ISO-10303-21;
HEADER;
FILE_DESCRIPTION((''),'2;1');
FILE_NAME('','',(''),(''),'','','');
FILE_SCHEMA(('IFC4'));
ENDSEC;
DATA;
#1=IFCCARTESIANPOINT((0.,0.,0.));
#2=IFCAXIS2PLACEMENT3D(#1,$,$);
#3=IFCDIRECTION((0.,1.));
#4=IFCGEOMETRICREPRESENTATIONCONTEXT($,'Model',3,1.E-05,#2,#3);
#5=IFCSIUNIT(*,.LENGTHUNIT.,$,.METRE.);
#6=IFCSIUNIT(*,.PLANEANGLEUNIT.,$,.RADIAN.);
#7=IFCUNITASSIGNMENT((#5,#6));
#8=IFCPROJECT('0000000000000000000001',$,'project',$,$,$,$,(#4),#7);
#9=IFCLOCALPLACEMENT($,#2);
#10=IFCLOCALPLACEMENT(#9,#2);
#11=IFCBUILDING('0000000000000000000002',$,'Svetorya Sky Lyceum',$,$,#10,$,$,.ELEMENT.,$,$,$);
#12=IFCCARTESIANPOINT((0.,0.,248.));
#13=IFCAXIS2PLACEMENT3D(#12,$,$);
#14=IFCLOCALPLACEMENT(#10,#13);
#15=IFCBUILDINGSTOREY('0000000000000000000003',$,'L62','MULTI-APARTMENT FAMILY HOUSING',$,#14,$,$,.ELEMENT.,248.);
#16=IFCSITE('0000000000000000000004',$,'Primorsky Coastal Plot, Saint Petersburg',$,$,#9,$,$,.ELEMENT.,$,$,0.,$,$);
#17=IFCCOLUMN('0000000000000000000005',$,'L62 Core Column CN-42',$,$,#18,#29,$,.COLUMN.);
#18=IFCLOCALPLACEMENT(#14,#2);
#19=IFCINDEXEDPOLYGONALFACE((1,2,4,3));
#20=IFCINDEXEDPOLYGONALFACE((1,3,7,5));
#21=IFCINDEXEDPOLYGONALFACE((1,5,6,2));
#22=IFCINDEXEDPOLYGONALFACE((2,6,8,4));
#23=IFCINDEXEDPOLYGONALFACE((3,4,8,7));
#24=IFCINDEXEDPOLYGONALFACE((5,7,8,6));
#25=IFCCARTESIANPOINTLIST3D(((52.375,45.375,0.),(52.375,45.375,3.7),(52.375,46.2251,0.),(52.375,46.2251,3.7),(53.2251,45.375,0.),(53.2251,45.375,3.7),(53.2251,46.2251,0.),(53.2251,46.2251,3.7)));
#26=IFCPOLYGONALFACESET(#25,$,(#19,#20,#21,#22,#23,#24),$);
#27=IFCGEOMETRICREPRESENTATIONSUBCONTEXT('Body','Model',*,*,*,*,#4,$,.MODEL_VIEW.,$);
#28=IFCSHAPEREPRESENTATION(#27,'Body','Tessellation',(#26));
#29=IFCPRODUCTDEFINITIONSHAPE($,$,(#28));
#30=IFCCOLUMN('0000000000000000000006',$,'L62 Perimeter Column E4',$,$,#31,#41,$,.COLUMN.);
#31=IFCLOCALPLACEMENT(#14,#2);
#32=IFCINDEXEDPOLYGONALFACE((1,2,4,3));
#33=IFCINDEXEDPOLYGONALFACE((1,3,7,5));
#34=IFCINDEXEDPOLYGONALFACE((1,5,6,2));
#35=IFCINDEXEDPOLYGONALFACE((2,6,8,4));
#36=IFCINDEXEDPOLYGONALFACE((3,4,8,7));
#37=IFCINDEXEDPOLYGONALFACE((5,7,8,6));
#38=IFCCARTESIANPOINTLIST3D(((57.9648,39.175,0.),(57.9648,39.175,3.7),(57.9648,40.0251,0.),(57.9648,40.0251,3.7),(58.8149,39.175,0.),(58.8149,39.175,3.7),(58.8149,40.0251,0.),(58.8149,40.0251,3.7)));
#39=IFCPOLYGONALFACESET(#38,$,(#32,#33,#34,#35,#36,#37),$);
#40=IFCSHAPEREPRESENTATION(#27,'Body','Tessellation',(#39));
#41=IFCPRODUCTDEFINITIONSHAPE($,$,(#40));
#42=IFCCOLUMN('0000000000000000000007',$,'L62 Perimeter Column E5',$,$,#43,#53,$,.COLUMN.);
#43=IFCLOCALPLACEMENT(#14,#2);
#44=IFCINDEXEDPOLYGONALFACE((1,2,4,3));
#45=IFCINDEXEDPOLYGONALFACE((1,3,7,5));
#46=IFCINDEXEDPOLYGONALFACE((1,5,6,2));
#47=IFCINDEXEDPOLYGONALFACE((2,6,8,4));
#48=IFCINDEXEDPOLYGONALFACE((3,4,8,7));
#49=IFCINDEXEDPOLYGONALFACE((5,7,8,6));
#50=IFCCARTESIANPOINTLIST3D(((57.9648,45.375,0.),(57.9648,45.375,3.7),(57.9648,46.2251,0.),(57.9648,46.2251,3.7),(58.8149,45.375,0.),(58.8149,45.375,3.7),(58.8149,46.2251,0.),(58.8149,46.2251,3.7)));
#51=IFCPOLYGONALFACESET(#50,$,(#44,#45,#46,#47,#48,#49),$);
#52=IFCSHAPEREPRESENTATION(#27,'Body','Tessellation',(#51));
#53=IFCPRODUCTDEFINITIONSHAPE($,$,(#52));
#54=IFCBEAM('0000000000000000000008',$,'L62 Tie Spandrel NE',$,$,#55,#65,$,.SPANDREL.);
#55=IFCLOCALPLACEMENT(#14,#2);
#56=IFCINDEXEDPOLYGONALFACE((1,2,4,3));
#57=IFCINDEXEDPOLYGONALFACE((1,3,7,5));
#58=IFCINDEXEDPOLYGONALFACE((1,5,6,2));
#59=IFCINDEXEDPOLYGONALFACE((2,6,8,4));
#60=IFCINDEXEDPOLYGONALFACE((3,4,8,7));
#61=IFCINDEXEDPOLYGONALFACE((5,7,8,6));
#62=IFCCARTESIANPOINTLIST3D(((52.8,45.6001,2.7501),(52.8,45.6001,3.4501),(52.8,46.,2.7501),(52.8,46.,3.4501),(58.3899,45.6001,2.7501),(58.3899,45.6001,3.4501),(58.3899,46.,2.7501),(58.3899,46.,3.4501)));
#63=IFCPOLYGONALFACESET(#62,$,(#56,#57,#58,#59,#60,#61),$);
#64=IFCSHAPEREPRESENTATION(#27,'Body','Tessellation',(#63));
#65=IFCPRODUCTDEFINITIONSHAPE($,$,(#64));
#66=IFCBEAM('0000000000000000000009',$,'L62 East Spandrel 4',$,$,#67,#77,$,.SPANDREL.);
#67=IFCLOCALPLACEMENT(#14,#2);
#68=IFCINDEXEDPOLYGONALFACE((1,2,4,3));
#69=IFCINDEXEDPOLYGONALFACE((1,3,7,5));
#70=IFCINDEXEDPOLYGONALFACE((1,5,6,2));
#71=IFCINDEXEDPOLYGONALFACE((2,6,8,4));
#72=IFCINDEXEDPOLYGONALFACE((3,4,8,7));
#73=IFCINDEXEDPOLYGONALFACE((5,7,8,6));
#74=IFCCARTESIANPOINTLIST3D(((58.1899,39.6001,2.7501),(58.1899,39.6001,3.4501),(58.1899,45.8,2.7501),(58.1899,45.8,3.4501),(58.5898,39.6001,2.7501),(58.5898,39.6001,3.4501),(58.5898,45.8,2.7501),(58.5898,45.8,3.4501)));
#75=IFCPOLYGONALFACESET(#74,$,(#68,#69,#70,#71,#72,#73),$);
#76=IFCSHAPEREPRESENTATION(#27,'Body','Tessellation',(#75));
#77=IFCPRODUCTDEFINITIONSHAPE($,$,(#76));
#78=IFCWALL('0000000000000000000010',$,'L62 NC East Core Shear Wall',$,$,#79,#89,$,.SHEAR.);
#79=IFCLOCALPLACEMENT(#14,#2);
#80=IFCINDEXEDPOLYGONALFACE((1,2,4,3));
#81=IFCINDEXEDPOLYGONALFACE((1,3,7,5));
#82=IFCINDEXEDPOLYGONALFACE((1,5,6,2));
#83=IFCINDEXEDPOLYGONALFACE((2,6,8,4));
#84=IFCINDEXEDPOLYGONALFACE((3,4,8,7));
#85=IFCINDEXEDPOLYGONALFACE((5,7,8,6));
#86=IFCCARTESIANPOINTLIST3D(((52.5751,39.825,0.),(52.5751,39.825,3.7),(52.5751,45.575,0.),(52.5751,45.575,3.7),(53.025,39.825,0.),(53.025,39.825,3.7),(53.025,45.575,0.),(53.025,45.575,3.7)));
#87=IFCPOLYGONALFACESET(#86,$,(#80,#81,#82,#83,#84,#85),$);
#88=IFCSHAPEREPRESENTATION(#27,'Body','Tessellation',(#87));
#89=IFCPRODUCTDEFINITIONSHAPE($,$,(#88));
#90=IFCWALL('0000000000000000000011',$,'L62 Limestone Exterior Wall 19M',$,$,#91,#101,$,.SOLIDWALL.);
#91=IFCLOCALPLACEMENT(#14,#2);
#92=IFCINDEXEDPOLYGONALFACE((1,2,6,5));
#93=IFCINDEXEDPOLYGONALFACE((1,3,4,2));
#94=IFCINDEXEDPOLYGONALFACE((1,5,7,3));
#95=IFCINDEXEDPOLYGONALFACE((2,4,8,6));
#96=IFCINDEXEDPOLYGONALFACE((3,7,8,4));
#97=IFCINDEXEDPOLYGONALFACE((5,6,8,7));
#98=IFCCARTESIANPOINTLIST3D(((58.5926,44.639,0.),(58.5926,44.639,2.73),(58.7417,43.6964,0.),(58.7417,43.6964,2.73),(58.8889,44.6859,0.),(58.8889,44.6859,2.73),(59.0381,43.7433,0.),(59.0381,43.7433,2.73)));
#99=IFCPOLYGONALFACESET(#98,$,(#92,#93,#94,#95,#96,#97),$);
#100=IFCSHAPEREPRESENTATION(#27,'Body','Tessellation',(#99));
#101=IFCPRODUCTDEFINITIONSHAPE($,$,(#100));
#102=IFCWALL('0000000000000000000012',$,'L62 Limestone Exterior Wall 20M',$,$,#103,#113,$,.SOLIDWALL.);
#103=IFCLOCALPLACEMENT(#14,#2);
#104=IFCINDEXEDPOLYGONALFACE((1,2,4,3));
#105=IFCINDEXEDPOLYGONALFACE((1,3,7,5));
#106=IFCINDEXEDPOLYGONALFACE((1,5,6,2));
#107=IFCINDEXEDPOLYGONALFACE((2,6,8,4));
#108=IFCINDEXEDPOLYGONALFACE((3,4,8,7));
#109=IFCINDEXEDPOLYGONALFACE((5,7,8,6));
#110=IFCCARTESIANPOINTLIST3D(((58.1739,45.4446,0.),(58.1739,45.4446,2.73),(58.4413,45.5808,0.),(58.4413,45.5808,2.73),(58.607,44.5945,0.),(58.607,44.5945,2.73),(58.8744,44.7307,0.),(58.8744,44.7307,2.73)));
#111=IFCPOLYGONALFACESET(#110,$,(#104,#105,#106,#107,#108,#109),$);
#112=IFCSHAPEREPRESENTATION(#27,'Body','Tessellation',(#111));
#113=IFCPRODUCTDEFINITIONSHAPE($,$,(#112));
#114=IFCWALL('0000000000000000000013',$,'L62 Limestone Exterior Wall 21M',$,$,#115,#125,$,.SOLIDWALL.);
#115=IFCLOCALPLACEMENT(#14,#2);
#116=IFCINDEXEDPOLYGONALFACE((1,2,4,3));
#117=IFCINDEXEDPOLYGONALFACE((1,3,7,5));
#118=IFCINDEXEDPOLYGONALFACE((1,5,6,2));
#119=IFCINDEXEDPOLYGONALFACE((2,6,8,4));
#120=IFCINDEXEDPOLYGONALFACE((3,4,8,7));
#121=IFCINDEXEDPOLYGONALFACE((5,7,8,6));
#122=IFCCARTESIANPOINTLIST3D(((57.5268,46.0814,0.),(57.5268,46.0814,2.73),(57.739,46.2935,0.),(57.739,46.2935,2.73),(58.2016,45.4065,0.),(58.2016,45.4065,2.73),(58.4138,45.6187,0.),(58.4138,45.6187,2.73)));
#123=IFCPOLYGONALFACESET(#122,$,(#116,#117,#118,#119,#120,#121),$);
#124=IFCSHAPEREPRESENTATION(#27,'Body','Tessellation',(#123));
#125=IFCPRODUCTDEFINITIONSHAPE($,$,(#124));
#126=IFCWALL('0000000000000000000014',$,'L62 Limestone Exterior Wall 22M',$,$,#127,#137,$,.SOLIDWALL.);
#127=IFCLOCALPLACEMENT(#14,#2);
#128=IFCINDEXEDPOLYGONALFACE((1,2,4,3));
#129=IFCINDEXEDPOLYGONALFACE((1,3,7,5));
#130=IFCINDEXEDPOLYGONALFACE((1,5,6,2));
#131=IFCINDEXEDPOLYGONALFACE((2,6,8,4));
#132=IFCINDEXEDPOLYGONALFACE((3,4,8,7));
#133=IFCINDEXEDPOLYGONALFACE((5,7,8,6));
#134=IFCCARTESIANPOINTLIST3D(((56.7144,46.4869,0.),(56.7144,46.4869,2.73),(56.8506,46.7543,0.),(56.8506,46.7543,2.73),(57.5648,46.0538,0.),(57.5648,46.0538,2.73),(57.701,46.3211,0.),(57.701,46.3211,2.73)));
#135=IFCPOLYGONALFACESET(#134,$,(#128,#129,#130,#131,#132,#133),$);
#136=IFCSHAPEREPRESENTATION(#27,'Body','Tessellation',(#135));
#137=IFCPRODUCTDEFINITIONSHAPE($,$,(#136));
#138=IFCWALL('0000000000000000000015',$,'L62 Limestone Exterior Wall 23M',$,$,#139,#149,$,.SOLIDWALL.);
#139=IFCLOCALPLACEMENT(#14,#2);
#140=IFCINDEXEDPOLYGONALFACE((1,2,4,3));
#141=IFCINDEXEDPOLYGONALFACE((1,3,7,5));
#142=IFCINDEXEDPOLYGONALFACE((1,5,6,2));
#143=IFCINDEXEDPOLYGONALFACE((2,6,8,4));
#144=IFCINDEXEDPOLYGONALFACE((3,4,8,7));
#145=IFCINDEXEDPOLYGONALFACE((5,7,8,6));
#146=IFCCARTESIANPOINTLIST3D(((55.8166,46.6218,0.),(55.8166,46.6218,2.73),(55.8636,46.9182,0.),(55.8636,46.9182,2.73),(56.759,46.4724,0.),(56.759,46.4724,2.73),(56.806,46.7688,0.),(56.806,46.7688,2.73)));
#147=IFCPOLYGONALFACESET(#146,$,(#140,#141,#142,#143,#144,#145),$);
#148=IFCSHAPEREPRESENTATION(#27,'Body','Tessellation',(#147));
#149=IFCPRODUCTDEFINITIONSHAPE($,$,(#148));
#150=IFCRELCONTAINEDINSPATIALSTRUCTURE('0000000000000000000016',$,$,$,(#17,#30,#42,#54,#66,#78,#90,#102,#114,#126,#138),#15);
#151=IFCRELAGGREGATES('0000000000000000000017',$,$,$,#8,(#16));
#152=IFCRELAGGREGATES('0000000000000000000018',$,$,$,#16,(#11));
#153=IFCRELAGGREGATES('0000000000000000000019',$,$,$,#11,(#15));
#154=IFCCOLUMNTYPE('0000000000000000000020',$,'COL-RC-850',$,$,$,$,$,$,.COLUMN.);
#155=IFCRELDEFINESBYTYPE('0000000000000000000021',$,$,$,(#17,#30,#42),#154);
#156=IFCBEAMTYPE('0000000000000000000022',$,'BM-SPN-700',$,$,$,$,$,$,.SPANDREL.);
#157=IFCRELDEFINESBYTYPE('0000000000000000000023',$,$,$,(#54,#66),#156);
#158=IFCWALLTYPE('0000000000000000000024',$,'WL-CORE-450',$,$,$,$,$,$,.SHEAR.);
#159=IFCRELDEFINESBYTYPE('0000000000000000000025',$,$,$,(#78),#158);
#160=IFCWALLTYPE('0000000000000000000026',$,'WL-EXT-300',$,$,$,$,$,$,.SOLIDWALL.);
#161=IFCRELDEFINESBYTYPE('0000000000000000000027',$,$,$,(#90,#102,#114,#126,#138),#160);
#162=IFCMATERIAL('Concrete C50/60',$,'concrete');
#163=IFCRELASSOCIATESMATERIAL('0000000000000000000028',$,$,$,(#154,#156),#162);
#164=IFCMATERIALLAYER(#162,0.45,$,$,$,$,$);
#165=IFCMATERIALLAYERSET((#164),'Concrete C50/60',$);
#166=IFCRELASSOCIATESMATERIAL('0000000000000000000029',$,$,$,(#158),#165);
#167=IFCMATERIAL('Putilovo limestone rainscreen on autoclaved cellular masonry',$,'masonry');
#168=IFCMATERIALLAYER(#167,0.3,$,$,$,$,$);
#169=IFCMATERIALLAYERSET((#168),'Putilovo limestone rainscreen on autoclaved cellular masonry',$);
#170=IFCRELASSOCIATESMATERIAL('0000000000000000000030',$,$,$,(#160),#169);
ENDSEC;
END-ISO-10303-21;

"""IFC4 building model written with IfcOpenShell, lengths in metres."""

from ifc_helpers import new_model, si_unit, direction, frame, frame_2d, origin, origin_2d, place, context, subcontext, project, spatial, rectangle, extrude, material, layer, layer_set, material_profile, profile_set, type_object, element, save


model = new_model("IFC4")

# Units and contexts
model_context = context("Model", 3, precision=1e-05, world=origin(), true_north=direction((0.0, 1.0)))
body_context = subcontext(model_context, "Body", "Model", "MODEL_VIEW")
ifc_project = project(units=[si_unit("LENGTHUNIT", "METRE"), si_unit("PLANEANGLEUNIT", "RADIAN")], contexts=[model_context])

# Site, building, storey
site_placement = place(None, origin())
site = spatial("IfcSite", under=ifc_project, at=site_placement, Name="Primorsky Coastal Plot, Saint Petersburg", CompositionType="ELEMENT", RefElevation=0.0)
building_placement = place(site_placement, origin())
building = spatial("IfcBuilding", under=site, at=building_placement, Name="Svetorya Sky Lyceum", CompositionType="ELEMENT")
storey_placement = place(building_placement, frame((0.0, 0.0, 248.0)))
storey = spatial("IfcBuildingStorey", under=building, at=storey_placement, Name="L62", Description="MULTI-APARTMENT FAMILY HOUSING", CompositionType="ELEMENT", Elevation=248.0)

# Columns
ifc_material_1 = material(Name="Concrete C50/60", Category="concrete")
ifc_material_profile_1 = material_profile(ifc_material_1, rectangle(XDim=0.8501, YDim=0.8501, at=origin_2d()), Name="RC COL 850x850")
ifc_profile_set_1 = profile_set([ifc_material_profile_1], Name="Concrete C50/60")
column_type = type_object("IfcColumnType", Name="COL-RC-850", PredefinedType="COLUMN", material=ifc_profile_set_1)
for number, where, z_axis, x_axis, name in (
    (1, (52.8, 45.8, 0.0), (0.0, 0.0, 1.0), (1.0, 0.0, 0.0), "L62 Core Column CN-42"),
    (2, (58.3899, 39.6001, 0.0), (0.0, 0.0, 1.0), (1.0, 0.0, 0.0), "L62 Perimeter Column E4"),
    (3, (58.3899, 45.8, 0.0), (0.0, 0.0, 1.0), (1.0, 0.0, 0.0), "L62 Perimeter Column E5"),
):
    element("IfcColumn", number, at=place(storey_placement, frame(where, z_axis=z_axis, x_axis=x_axis)), inside=storey, type_object=column_type, Name=name, PredefinedType="COLUMN", context=body_context, shape_type="SweptSolid", body=[
        extrude(rectangle(XDim=0.8501, YDim=0.8501, at=origin_2d()), origin(), (0.0, 0.0, 1.0), 3.7),
    ])

# Beams
ifc_material_profile_2 = material_profile(ifc_material_1, rectangle(XDim=0.3999, YDim=0.7, at=origin_2d()), Name="RC SPANDREL 400x700")
ifc_profile_set_2 = profile_set([ifc_material_profile_2], Name="Concrete C50/60")
beam_type = type_object("IfcBeamType", Name="BM-SPN-700", PredefinedType="SPANDREL", material=ifc_profile_set_2)
beam_1_placement = place(storey_placement, frame((52.8, 45.8, 3.1001), z_axis=(1.0, 0.0, 0.0), x_axis=(0.0, 1.0, 0.0)))
element("IfcBeam", 4, at=beam_1_placement, inside=storey, type_object=beam_type, Name="L62 Tie Spandrel NE", PredefinedType="SPANDREL", context=body_context, shape_type="SweptSolid", body=[
    extrude(rectangle(XDim=0.3999, YDim=0.7, at=origin_2d()), origin(), (0.0, 0.0, 1.0), 5.5898),
])
beam_2_placement = place(storey_placement, frame((58.3899, 39.6001, 3.1001), z_axis=(0.0, 1.0, 0.0), x_axis=(-1.0, 0.0, 0.0)))
element("IfcBeam", 5, at=beam_2_placement, inside=storey, type_object=beam_type, Name="L62 East Spandrel 4", PredefinedType="SPANDREL", context=body_context, shape_type="SweptSolid", body=[
    extrude(rectangle(XDim=0.3999, YDim=0.7, at=origin_2d()), origin(), (0.0, 0.0, 1.0), 6.2),
])

# Walls
ifc_layer_1 = layer(ifc_material_1, 0.45)
ifc_layer_set_1 = layer_set([ifc_layer_1], Name="Concrete C50/60")
wall_type_1 = type_object("IfcWallType", Name="WL-CORE-450", PredefinedType="SHEAR", material=ifc_layer_set_1)
wall_1_placement = place(storey_placement, frame((52.8, 39.825, 0.0), z_axis=(0.0, 0.0, 1.0), x_axis=(0.0, 1.0, 0.0)))
element("IfcWall", 6, at=wall_1_placement, inside=storey, type_object=wall_type_1, Name="L62 NC East Core Shear Wall", PredefinedType="SHEAR", context=body_context, shape_type="SweptSolid", body=[
    extrude(rectangle(XDim=5.75, YDim=0.45, at=frame_2d((2.875, 0.0))), origin(), (0.0, 0.0, 1.0), 3.7),
])
ifc_material_2 = material(Name="Putilovo limestone rainscreen on autoclaved cellular masonry", Category="masonry")
ifc_layer_2 = layer(ifc_material_2, 0.3)
ifc_layer_set_2 = layer_set([ifc_layer_2], Name="Putilovo limestone rainscreen on autoclaved cellular masonry")
wall_type_2 = type_object("IfcWallType", Name="WL-EXT-300", PredefinedType="SOLIDWALL", material=ifc_layer_set_2)
wall_2_placement = place(storey_placement, frame((58.8899, 43.72, 0.0), z_axis=(0.0, 0.0, 1.0), x_axis=(-0.156304, 0.987709, 0.0)))
element("IfcWall", 7, at=wall_2_placement, inside=storey, type_object=wall_type_2, Name="L62 Limestone Exterior Wall 19M", PredefinedType="SOLIDWALL", context=body_context, shape_type="SweptSolid", body=[
    extrude(rectangle(XDim=0.9543, YDim=0.3, at=frame_2d((0.4771, 0.0))), origin(), (0.0, 0.0, 1.0), 2.73),
])
wall_3_placement = place(storey_placement, frame((58.7407, 44.6626, 0.0), z_axis=(0.0, 0.0, 1.0), x_axis=(-0.453956, 0.891024, 0.0)))
element("IfcWall", 8, at=wall_3_placement, inside=storey, type_object=wall_type_2, Name="L62 Limestone Exterior Wall 20M", PredefinedType="SOLIDWALL", context=body_context, shape_type="SweptSolid", body=[
    extrude(rectangle(XDim=0.9541, YDim=0.3, at=frame_2d((0.4771, 0.0))), origin(), (0.0, 0.0, 1.0), 2.73),
])
for number, where, z_axis, x_axis, name in (
    (9, (58.3076, 45.5127, 0.0), (0.0, 0.0, 1.0), (-0.707107, 0.707107, 0.0), "L62 Limestone Exterior Wall 21M"),
    (10, (57.6328, 46.1875, 0.0), (0.0, 0.0, 1.0), (-0.891077, 0.453853, 0.0), "L62 Limestone Exterior Wall 22M"),
):
    element("IfcWall", number, at=place(storey_placement, frame(where, z_axis=z_axis, x_axis=x_axis)), inside=storey, type_object=wall_type_2, Name=name, PredefinedType="SOLIDWALL", context=body_context, shape_type="SweptSolid", body=[
        extrude(rectangle(XDim=0.9543, YDim=0.3, at=frame_2d((0.4771, 0.0))), origin(), (0.0, 0.0, 1.0), 2.73),
    ])
wall_4_placement = place(storey_placement, frame((56.7825, 46.6206, 0.0), z_axis=(0.0, 0.0, 1.0), x_axis=(-0.987663, 0.156593, 0.0)))
element("IfcWall", 11, at=wall_4_placement, inside=storey, type_object=wall_type_2, Name="L62 Limestone Exterior Wall 23M", PredefinedType="SOLIDWALL", context=body_context, shape_type="SweptSolid", body=[
    extrude(rectangle(XDim=0.9541, YDim=0.3, at=frame_2d((0.4771, 0.0))), origin(), (0.0, 0.0, 1.0), 2.73),
])

save(model, "model.ifc")
